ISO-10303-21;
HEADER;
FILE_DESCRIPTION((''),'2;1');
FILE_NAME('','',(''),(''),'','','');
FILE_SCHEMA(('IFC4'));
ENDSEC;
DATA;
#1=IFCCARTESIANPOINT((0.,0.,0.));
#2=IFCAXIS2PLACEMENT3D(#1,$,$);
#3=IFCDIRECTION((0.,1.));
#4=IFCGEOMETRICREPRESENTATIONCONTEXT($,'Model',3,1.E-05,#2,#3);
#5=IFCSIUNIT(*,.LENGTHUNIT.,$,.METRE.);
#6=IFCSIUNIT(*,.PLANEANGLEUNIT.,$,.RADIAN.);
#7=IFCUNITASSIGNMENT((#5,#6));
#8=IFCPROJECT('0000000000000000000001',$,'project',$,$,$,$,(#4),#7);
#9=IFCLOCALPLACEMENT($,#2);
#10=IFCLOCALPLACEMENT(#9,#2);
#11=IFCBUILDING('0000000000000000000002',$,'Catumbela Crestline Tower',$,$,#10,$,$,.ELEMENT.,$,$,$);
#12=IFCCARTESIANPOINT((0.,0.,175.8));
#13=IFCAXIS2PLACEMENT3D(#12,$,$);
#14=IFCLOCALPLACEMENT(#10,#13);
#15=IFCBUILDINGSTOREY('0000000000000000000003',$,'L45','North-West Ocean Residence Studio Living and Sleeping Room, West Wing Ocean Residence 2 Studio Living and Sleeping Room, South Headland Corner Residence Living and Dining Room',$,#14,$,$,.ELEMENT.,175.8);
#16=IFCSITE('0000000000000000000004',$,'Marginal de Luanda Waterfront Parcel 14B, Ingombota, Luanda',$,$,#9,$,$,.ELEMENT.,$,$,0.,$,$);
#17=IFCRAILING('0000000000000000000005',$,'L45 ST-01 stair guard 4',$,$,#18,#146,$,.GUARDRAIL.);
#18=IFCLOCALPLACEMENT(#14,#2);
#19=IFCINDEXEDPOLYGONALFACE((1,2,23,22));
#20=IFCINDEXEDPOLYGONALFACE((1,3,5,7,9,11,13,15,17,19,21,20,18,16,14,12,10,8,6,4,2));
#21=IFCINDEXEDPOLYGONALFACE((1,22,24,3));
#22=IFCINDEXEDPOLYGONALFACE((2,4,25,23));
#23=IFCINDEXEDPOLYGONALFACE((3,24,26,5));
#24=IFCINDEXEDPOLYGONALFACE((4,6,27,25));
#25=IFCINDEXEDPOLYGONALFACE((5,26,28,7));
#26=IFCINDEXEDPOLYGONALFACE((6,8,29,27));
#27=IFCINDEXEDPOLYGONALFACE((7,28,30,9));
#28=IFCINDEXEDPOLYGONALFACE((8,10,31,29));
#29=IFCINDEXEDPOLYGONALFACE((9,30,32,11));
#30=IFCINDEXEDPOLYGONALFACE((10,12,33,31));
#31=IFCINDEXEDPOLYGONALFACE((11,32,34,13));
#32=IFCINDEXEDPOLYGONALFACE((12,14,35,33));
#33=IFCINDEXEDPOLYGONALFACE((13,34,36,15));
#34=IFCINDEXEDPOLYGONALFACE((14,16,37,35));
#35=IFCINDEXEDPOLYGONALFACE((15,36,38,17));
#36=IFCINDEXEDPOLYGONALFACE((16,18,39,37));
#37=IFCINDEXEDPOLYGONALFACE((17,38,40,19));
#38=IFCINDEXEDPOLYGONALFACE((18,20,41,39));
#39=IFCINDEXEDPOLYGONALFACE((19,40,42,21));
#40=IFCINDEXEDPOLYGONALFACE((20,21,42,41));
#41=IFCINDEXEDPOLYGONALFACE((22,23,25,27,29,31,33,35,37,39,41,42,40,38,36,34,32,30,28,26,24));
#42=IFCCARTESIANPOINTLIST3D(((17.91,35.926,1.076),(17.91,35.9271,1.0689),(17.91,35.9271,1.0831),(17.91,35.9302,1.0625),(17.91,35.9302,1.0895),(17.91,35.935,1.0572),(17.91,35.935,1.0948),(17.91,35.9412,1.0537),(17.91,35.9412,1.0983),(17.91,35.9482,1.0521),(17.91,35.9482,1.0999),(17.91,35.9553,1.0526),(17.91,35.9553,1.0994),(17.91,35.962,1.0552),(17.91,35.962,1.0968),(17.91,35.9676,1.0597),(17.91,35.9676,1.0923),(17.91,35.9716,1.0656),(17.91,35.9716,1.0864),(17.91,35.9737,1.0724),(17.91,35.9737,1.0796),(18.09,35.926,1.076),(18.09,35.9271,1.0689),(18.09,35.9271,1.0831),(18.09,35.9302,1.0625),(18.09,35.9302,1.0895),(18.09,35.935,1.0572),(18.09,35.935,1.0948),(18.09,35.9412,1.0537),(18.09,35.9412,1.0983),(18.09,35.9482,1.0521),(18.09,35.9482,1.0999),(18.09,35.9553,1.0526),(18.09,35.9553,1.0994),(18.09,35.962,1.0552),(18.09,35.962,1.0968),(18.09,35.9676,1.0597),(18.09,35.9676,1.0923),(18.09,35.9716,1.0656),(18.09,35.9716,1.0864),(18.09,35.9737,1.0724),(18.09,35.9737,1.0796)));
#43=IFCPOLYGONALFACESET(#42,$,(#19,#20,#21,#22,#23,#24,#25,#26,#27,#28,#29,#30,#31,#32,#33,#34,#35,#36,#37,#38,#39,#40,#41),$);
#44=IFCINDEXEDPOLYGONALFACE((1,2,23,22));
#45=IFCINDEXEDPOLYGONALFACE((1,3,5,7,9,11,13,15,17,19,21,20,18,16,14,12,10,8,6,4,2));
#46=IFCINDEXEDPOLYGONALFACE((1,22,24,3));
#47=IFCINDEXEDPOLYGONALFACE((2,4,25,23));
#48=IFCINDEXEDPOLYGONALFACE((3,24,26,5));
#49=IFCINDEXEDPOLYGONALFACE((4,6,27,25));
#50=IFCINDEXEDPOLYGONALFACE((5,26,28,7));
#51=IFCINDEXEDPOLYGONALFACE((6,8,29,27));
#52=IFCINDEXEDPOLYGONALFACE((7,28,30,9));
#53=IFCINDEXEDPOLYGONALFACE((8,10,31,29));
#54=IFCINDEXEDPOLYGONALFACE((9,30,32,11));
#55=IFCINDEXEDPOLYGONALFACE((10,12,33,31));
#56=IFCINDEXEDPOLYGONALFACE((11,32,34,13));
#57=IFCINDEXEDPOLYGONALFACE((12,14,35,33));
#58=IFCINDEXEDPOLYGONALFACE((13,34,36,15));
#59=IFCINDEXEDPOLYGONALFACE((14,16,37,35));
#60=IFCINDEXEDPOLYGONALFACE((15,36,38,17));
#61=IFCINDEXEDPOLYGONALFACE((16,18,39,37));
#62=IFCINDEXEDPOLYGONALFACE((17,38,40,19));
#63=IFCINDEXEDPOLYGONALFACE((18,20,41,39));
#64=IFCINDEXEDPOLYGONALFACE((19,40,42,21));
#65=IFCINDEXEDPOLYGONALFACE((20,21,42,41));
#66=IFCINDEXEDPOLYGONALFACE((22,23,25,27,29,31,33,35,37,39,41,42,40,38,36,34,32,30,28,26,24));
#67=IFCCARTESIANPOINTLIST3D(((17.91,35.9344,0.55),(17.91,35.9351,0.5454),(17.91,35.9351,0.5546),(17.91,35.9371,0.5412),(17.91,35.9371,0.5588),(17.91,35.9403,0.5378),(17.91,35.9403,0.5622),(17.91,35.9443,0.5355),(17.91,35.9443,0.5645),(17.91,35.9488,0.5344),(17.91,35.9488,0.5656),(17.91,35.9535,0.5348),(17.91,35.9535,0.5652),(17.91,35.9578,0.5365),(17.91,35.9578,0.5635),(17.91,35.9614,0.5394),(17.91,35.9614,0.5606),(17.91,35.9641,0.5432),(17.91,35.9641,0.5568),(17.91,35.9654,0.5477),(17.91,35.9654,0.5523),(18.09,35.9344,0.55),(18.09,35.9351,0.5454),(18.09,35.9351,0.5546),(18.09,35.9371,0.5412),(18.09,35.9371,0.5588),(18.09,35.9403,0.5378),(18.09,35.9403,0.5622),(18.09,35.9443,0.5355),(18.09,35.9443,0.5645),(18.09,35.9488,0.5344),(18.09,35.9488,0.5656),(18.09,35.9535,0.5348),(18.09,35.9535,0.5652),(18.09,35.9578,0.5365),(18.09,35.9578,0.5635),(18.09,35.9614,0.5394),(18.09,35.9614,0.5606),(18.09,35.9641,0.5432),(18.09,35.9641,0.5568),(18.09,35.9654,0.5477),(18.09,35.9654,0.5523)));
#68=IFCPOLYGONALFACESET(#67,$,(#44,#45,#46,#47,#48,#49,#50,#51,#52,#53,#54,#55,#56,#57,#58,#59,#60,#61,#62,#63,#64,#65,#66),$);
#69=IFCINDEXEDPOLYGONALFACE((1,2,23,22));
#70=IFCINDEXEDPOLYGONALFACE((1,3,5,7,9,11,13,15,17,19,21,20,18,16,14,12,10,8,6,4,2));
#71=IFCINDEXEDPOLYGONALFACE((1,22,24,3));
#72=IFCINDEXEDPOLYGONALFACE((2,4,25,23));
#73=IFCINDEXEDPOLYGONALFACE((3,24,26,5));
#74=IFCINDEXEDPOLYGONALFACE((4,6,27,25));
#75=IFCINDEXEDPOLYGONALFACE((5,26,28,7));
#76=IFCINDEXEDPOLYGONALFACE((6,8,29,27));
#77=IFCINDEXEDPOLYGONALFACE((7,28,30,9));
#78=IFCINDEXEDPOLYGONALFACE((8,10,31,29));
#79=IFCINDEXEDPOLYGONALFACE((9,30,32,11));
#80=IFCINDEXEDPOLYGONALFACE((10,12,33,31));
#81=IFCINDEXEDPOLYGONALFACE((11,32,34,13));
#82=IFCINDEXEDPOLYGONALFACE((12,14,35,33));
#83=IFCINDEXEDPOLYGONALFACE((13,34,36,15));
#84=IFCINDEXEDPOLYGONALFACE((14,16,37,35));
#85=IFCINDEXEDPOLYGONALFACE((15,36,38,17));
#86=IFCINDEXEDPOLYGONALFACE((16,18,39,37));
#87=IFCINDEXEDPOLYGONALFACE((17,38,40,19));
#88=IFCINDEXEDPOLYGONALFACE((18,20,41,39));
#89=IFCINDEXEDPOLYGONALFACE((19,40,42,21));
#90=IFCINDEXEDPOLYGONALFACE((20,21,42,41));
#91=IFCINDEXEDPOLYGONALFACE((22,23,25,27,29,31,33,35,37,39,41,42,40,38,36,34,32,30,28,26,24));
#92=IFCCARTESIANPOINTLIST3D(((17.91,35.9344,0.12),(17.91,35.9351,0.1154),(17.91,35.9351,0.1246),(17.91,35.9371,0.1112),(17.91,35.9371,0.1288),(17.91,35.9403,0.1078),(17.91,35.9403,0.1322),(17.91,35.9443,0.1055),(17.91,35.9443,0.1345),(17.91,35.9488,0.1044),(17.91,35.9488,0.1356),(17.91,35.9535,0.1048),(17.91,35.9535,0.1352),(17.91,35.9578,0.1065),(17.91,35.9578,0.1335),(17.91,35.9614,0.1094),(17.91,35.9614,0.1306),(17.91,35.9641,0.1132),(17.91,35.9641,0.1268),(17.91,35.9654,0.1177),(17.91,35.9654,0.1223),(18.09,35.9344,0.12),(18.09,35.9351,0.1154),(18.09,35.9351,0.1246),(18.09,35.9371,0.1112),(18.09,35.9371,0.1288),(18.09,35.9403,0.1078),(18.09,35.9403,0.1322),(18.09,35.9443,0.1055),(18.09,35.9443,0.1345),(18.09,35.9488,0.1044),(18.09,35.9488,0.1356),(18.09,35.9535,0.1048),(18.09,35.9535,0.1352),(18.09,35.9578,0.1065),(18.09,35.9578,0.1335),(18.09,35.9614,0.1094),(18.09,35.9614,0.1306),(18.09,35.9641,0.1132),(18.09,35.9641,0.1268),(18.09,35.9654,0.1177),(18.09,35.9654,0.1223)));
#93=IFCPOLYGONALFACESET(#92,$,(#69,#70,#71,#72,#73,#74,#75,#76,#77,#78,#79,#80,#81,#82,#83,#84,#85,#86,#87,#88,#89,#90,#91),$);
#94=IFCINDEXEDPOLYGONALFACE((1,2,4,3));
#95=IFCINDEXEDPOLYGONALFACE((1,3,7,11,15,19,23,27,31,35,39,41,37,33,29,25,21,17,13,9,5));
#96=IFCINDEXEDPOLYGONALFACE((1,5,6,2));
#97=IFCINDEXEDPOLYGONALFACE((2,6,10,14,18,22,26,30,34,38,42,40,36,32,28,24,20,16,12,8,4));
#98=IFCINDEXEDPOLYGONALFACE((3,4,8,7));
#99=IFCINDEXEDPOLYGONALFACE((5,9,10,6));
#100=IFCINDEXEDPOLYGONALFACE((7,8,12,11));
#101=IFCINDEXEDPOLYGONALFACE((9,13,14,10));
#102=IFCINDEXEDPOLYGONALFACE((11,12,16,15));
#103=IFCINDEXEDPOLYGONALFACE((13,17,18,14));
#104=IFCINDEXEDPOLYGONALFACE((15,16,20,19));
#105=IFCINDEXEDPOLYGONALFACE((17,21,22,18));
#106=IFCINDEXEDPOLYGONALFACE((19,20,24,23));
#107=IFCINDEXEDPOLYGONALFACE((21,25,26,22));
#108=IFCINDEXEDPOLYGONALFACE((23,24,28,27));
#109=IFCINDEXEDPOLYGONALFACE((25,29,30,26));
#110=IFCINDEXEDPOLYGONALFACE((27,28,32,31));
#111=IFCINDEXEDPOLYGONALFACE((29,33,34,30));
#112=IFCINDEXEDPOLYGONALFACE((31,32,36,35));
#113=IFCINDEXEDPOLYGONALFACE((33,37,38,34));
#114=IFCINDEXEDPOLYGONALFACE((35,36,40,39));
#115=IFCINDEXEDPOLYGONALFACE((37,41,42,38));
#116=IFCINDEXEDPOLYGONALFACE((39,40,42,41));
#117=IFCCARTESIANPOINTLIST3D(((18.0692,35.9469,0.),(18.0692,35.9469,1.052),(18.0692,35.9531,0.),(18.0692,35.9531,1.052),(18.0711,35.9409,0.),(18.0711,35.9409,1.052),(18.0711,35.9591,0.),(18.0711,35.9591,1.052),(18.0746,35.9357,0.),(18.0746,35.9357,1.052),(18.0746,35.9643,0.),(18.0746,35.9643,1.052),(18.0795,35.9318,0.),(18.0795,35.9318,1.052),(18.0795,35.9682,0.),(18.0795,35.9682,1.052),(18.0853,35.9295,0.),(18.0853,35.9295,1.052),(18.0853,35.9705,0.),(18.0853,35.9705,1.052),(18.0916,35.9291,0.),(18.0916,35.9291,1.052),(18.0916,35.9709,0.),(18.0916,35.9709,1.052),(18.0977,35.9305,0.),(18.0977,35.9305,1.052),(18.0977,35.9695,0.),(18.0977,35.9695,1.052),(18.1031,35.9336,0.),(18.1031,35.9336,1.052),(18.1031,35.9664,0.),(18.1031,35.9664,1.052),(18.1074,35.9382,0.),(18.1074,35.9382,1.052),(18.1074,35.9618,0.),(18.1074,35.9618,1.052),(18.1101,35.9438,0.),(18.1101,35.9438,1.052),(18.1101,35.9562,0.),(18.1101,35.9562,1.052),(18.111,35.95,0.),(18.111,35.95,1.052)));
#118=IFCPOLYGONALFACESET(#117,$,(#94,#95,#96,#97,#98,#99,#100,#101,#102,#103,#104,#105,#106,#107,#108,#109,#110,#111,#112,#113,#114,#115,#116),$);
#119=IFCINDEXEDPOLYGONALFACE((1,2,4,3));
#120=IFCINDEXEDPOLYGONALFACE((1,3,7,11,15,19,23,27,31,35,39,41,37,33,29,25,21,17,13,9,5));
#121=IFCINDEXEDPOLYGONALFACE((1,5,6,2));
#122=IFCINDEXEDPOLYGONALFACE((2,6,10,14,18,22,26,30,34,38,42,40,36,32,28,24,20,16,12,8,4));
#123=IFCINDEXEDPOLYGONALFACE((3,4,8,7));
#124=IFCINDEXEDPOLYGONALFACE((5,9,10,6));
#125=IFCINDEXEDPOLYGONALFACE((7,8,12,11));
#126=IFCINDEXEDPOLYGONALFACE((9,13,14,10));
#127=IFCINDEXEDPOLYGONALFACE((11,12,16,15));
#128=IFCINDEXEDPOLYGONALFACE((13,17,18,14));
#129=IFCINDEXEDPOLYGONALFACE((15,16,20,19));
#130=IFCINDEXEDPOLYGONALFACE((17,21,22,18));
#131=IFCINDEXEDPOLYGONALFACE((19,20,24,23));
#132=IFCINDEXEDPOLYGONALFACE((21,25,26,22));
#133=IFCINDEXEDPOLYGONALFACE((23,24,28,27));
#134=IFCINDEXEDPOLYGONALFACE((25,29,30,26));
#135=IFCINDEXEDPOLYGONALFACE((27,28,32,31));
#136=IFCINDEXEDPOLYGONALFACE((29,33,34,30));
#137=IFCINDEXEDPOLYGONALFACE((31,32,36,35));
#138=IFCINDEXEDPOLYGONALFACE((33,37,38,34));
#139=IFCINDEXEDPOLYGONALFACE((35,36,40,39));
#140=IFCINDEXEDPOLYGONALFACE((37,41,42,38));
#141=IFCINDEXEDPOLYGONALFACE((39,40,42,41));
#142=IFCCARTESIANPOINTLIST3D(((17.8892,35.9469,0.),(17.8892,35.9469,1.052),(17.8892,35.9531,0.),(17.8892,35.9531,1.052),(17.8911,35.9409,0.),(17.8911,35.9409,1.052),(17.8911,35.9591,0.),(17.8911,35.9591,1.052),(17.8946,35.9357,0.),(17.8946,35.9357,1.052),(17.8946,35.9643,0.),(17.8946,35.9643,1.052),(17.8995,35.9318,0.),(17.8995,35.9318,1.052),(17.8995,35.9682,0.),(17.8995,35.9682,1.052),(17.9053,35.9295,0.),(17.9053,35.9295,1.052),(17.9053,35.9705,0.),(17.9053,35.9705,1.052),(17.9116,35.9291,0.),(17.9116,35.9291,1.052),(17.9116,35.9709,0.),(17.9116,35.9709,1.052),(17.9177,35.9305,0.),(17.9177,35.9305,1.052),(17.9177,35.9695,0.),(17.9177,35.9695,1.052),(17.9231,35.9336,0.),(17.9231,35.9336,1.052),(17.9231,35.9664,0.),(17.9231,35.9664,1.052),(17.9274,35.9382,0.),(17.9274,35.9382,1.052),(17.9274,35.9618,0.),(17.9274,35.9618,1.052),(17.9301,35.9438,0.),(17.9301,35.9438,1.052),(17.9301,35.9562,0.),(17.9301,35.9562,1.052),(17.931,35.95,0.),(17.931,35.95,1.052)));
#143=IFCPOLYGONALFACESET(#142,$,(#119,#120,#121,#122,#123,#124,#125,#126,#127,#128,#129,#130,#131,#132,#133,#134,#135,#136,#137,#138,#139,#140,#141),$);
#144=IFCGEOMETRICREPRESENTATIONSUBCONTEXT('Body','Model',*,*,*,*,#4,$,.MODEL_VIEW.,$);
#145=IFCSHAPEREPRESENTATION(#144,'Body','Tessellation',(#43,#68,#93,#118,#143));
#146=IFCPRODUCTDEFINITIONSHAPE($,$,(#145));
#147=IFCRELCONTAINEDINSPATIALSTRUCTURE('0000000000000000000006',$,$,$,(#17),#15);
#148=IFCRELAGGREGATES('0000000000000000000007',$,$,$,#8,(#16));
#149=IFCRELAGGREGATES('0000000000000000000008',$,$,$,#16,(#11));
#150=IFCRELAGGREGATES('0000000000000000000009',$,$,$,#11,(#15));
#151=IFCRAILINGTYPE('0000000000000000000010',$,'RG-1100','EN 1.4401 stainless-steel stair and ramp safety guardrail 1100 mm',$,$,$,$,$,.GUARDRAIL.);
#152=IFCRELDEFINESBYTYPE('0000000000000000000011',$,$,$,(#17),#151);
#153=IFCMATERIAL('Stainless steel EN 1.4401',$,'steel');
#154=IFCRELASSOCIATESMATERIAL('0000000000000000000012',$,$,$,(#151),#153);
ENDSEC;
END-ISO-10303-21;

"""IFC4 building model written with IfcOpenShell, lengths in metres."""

from ifc_helpers import new_model, si_unit, direction, frame, origin, origin_2d, place, context, subcontext, project, spatial, circle, extrude, material, type_object, element, save


model = new_model("IFC4")

# Units and contexts
model_context = context("Model", 3, precision=1e-05, world=origin(), true_north=direction((0.0, 1.0)))
body_context = subcontext(model_context, "Body", "Model", "MODEL_VIEW")
ifc_project = project(units=[si_unit("LENGTHUNIT", "METRE"), si_unit("PLANEANGLEUNIT", "RADIAN")], contexts=[model_context])

# Site, building, storey
site_placement = place(None, origin())
site = spatial("IfcSite", under=ifc_project, at=site_placement, Name="Marginal de Luanda Waterfront Parcel 14B, Ingombota, Luanda", CompositionType="ELEMENT", RefElevation=0.0)
building_placement = place(site_placement, origin())
building = spatial("IfcBuilding", under=site, at=building_placement, Name="Catumbela Crestline Tower", CompositionType="ELEMENT")
storey_placement = place(building_placement, frame((0.0, 0.0, 175.8)))
storey = spatial("IfcBuildingStorey", under=building, at=storey_placement, Name="L45", Description="North-West Ocean Residence Studio Living and Sleeping Room, West Wing Ocean Residence 2 Studio Living and Sleeping Room, South Headland Corner Residence Living and Dining Room", CompositionType="ELEMENT", Elevation=175.8)

# Shared definitions
ifc_material_1 = material(Name="Stainless steel EN 1.4401", Category="steel")

# Railing
railing_type_1 = type_object("IfcRailingType", Name="RG-1100", Description="EN 1.4401 stainless-steel stair and ramp safety guardrail 1100 mm", PredefinedType="GUARDRAIL", material=ifc_material_1)
railing_1_placement = place(storey_placement, frame((18.09, 35.95, 0.0)))
element("IfcRailing", 1, at=railing_1_placement, inside=storey, type_object=railing_type_1, Name="L45 ST-01 stair guard 4", PredefinedType="GUARDRAIL", context=body_context, shape_type="SweptSolid", body=[
    extrude(circle(Radius=0.024, at=origin_2d()), frame((0.0, 0.0, 1.076), z_axis=(-1.0, 0.0, 0.0), x_axis=(0.0, -1.0, 0.0)), (0.0, 0.0, 1.0), 0.18),
    extrude(circle(Radius=0.0156, at=origin_2d()), frame((0.0, 0.0, 0.55), z_axis=(-1.0, 0.0, 0.0), x_axis=(0.0, -1.0, 0.0)), (0.0, 0.0, 1.0), 0.18),
    extrude(circle(Radius=0.0156, at=origin_2d()), frame((0.0, 0.0, 0.12), z_axis=(-1.0, 0.0, 0.0), x_axis=(0.0, -1.0, 0.0)), (0.0, 0.0, 1.0), 0.18),
    extrude(circle(Radius=0.021, at=origin_2d()), origin(), (0.0, 0.0, 1.0), 1.052),
    extrude(circle(Radius=0.021, at=origin_2d()), frame((-0.18, 0.0, 0.0)), (0.0, 0.0, 1.0), 1.052),
])

save(model, "model.ifc")
